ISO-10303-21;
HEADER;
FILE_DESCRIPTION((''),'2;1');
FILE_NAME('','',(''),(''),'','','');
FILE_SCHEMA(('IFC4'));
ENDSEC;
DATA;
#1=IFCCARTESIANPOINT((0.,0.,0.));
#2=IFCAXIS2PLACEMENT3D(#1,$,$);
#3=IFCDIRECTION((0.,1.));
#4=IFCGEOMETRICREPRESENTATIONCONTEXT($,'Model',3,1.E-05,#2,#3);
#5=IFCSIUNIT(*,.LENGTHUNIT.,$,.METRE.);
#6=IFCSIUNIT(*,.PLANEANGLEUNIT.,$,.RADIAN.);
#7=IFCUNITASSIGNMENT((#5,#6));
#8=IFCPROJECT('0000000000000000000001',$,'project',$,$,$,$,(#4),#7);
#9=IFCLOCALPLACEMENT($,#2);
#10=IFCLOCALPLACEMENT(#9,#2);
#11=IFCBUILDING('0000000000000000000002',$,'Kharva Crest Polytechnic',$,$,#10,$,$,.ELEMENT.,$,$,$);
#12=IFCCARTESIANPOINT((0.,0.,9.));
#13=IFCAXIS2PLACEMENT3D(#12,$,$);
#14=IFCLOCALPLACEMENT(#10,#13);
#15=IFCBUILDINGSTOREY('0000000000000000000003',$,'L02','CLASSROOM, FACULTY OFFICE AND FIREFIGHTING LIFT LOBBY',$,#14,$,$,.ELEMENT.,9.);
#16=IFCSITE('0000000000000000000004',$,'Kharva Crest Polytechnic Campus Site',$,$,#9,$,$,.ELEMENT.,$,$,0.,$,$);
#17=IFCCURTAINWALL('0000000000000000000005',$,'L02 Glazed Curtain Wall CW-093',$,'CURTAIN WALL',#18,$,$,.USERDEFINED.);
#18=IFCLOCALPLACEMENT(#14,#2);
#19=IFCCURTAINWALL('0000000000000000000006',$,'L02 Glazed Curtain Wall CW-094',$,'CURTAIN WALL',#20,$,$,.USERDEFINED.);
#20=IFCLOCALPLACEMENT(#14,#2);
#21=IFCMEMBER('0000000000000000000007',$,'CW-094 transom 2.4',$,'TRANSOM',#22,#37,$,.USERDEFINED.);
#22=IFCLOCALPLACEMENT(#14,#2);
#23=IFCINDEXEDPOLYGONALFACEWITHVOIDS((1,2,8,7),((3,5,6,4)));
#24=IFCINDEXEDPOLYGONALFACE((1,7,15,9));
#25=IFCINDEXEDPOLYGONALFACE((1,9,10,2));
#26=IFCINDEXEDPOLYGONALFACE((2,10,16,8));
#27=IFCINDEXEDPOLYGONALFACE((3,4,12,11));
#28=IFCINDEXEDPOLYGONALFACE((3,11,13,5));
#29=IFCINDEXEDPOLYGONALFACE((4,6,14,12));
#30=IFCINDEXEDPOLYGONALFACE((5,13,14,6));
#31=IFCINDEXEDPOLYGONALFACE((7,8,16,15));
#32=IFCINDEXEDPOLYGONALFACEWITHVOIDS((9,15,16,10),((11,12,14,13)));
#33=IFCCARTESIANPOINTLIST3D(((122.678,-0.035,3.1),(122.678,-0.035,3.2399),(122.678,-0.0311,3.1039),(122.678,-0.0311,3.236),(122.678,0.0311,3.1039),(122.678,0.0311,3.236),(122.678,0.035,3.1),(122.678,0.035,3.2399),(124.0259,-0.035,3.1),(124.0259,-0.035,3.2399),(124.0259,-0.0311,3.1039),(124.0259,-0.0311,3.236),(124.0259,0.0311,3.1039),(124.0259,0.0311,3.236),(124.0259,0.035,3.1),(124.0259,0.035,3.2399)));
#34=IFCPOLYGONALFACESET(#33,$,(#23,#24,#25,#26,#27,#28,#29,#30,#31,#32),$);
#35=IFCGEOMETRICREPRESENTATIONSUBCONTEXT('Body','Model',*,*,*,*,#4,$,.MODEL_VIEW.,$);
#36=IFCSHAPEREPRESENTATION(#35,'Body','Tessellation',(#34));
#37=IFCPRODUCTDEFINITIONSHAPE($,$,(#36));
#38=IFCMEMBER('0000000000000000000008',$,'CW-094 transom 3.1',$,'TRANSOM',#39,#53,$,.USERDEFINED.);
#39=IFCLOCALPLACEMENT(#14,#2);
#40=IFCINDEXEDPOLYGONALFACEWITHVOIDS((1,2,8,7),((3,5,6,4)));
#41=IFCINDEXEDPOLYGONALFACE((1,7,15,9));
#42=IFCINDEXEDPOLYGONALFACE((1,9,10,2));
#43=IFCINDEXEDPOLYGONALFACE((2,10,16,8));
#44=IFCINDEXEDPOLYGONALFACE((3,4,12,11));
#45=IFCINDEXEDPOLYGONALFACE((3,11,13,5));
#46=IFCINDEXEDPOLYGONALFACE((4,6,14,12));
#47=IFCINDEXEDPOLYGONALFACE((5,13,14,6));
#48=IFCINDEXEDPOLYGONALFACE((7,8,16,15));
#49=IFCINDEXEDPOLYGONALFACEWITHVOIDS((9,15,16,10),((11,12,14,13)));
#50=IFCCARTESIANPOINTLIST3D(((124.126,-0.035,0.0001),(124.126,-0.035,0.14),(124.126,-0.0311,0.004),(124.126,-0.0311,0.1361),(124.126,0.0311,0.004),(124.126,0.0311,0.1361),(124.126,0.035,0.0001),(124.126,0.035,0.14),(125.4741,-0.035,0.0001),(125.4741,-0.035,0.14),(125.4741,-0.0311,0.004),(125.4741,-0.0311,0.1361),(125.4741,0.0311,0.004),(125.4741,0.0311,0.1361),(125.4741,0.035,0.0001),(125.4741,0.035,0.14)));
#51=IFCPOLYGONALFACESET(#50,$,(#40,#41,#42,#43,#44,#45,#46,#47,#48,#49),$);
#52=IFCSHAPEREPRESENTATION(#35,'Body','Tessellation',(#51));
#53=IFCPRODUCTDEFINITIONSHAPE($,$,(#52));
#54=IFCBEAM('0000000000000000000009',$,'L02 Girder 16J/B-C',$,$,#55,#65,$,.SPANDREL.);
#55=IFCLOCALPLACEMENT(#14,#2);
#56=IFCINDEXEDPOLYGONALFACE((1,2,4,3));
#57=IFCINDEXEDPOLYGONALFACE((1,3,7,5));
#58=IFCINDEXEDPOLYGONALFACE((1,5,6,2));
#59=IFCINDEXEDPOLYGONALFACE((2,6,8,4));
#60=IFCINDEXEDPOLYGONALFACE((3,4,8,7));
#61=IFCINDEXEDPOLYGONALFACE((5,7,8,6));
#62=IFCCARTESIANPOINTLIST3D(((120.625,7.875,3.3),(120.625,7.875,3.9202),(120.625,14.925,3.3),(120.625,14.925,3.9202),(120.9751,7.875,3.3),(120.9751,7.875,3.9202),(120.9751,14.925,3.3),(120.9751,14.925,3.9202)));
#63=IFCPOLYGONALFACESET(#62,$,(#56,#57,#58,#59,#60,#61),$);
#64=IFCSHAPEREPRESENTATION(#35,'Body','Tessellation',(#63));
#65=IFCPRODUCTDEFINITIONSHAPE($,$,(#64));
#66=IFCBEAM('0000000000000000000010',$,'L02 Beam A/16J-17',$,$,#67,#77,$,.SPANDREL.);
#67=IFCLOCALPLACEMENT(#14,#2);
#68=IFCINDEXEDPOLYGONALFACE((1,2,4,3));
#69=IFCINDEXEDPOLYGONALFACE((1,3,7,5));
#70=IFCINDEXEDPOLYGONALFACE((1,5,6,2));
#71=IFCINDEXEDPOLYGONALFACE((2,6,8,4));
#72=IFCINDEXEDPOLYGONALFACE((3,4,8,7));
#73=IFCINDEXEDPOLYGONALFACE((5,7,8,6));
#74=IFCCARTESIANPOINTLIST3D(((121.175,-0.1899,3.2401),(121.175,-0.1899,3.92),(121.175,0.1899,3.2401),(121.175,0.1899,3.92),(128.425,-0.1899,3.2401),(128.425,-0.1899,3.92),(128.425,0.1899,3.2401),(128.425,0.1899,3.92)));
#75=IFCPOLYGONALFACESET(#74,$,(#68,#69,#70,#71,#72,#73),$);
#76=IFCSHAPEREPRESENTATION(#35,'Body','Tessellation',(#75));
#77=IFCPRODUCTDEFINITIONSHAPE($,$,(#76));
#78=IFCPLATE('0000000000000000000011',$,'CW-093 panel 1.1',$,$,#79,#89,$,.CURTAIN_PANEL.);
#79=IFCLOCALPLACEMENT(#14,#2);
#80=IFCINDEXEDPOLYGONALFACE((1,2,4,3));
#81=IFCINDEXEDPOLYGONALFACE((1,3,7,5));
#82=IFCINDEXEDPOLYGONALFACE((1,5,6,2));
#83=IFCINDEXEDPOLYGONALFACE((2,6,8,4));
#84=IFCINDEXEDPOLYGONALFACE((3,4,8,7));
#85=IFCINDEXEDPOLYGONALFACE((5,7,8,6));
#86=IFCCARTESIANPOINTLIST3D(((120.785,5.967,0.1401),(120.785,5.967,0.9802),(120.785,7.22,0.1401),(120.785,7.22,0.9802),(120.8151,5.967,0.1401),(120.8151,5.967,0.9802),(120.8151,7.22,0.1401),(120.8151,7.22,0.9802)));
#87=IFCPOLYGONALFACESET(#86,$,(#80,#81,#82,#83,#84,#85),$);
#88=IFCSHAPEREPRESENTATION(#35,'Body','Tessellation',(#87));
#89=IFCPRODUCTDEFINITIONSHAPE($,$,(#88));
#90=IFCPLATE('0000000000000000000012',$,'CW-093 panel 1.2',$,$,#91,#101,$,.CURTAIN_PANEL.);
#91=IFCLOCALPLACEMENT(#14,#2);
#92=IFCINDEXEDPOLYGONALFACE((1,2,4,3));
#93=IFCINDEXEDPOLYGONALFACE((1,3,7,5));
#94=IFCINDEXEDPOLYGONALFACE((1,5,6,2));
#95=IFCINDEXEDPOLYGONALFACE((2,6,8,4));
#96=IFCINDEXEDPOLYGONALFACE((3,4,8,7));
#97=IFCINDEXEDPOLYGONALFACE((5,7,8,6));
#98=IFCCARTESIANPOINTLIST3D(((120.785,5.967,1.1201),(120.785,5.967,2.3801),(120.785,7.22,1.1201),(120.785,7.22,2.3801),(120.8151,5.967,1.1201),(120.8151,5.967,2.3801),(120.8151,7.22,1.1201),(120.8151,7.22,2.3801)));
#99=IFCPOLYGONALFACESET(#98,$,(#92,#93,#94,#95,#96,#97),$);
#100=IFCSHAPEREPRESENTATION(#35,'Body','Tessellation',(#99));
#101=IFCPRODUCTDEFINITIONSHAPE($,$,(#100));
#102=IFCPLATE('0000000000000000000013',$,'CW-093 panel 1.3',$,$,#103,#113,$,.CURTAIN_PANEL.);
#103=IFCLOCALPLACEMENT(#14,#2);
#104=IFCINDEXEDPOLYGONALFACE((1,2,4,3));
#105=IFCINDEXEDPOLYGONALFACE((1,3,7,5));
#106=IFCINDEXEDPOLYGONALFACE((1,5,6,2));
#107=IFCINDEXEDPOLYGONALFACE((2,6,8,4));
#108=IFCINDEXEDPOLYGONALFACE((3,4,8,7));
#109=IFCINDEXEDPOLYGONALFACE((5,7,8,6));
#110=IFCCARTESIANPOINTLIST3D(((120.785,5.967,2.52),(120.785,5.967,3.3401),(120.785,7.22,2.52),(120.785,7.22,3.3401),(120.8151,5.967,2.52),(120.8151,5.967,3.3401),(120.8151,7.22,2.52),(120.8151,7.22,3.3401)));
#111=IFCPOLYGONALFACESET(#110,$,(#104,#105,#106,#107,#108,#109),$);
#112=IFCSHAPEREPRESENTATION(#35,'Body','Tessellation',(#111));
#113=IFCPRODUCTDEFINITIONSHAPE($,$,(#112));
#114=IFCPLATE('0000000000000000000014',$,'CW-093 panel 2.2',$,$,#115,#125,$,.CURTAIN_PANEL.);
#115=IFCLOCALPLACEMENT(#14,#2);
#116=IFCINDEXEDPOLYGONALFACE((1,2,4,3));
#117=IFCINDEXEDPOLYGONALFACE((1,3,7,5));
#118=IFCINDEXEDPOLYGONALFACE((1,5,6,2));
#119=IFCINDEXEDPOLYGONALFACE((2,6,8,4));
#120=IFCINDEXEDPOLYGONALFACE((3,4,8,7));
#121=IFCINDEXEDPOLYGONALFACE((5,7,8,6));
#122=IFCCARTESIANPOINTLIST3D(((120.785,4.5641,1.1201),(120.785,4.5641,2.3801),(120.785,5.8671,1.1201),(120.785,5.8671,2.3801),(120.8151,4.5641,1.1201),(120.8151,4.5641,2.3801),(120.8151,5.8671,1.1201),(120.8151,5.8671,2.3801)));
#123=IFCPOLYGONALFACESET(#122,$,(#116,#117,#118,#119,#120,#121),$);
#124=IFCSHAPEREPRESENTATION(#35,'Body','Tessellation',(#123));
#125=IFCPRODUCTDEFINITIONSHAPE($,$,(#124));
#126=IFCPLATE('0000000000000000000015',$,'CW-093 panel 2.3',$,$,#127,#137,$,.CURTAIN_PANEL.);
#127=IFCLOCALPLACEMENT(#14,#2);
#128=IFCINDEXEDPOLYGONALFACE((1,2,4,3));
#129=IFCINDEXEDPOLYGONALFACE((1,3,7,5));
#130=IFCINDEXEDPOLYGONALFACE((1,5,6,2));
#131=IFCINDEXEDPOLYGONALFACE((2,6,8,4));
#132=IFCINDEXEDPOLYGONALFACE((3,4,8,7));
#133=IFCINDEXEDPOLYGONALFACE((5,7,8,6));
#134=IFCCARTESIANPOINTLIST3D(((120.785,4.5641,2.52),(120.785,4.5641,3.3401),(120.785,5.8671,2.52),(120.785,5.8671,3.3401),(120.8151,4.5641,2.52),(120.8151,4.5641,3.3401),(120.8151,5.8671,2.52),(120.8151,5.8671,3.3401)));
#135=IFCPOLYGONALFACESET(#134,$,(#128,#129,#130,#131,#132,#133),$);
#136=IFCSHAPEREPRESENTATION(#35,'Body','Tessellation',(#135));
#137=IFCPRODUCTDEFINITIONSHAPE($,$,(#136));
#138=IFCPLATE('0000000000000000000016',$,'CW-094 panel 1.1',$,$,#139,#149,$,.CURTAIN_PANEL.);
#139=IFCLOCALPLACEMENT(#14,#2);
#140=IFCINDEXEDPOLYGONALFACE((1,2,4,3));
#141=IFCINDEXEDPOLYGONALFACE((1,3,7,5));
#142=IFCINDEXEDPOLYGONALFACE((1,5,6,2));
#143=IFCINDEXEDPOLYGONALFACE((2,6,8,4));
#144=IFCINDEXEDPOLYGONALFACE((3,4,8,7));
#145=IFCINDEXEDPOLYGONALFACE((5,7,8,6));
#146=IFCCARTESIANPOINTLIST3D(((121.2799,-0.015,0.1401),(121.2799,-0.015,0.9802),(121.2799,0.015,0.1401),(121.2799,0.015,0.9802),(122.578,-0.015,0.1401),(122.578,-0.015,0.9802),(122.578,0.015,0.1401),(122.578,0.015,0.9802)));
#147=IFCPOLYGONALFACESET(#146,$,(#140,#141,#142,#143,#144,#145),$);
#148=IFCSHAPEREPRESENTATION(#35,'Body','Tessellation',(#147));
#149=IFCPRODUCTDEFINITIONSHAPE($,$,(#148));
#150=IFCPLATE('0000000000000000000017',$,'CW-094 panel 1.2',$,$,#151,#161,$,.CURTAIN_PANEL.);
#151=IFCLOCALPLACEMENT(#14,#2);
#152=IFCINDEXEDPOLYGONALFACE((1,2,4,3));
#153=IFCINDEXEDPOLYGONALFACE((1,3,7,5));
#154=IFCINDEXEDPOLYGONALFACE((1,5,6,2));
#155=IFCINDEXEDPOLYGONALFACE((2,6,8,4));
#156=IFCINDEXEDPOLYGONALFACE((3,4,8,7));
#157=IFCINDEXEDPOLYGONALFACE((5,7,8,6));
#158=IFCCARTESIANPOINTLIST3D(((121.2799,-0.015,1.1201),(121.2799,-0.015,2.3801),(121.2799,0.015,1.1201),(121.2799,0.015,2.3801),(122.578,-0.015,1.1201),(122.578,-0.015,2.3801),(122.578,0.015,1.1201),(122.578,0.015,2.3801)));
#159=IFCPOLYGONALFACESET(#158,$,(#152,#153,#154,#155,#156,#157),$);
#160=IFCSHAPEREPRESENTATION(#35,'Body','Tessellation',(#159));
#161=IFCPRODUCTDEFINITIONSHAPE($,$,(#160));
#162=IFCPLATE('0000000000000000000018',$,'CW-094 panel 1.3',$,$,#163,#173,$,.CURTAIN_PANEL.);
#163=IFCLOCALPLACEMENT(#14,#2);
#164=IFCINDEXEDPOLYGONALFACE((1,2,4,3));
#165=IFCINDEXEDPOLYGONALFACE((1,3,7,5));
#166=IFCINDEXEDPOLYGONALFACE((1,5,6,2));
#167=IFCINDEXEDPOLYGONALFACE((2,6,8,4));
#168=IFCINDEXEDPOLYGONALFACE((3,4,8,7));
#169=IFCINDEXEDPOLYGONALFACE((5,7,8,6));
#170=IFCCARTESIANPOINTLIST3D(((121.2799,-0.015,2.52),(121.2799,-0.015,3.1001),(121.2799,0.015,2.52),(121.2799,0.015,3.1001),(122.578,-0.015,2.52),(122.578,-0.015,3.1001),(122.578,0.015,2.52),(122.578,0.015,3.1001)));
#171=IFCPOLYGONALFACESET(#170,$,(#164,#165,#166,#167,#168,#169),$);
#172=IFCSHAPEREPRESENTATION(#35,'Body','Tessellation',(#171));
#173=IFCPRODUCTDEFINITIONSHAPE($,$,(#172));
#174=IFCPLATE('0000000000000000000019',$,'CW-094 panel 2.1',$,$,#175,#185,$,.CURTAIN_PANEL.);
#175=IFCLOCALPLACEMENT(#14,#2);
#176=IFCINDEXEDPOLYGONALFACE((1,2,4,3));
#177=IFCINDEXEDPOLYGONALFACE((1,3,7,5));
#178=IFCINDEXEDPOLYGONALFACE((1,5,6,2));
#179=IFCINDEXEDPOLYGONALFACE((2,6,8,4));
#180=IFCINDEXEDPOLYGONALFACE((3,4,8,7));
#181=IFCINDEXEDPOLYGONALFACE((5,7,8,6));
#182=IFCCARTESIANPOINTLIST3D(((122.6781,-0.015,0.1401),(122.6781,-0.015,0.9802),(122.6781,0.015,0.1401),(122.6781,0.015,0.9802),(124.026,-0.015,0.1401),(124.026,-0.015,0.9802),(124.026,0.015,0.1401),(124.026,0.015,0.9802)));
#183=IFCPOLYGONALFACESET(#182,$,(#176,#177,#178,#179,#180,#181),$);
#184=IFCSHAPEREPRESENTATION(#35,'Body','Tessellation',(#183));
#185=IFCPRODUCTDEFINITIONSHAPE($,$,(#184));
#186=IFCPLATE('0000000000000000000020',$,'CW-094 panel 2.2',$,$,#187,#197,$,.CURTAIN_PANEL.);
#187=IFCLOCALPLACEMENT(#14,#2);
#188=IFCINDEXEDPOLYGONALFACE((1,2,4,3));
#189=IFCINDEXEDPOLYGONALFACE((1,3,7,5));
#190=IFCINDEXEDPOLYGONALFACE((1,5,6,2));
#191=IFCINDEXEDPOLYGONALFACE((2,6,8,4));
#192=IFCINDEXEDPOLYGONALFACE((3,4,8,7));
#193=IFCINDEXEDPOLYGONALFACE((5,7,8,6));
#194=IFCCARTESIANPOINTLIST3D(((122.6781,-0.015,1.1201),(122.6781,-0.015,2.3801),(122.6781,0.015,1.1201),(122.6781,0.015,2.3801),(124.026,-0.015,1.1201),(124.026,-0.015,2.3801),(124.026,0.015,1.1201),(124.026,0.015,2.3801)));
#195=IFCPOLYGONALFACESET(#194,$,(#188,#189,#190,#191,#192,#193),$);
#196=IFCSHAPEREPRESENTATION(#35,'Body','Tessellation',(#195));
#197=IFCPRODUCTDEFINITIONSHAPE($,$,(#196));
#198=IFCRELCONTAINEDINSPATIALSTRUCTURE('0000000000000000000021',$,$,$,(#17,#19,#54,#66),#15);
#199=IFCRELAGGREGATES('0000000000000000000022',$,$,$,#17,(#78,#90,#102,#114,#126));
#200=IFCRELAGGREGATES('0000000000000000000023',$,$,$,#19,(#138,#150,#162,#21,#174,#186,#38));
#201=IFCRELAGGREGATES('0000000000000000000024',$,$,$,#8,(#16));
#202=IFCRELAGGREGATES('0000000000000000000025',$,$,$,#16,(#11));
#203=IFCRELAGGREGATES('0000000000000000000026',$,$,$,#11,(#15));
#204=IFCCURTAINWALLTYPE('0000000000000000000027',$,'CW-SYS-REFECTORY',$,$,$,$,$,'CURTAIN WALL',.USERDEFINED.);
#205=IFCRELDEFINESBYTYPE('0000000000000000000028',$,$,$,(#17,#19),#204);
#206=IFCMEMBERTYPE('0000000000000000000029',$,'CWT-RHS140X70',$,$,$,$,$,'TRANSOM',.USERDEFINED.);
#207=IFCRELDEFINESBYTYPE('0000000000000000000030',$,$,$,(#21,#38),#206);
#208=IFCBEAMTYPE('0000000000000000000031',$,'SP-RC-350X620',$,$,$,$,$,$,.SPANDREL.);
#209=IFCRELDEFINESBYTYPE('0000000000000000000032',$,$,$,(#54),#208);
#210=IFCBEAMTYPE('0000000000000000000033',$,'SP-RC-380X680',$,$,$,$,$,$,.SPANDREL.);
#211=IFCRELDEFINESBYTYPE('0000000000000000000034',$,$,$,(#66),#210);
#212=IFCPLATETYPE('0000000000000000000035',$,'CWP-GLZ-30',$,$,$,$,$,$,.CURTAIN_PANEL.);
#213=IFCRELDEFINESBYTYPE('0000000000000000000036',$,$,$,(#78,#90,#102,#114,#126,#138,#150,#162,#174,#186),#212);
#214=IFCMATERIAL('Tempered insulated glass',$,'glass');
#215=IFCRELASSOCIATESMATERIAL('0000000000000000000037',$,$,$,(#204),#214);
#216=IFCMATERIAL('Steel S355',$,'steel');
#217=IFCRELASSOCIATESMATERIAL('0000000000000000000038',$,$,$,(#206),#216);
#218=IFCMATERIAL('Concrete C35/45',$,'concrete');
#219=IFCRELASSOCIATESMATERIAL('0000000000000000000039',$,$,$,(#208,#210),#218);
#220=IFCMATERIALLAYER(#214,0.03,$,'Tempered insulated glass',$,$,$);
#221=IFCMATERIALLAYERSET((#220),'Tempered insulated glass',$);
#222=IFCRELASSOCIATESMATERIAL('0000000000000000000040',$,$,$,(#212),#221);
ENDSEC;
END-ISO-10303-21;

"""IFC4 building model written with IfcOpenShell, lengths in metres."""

from ifc_helpers import new_model, si_unit, direction, frame, origin, origin_2d, place, context, subcontext, project, spatial, rectangle, hollow_rectangle, extrude, material, layer, layer_set, material_profile, profile_set, type_object, element, aggregate, save


model = new_model("IFC4")

# Units and contexts
model_context = context("Model", 3, precision=1e-05, world=origin(), true_north=direction((0.0, 1.0)))
body_context = subcontext(model_context, "Body", "Model", "MODEL_VIEW")
ifc_project = project(units=[si_unit("LENGTHUNIT", "METRE"), si_unit("PLANEANGLEUNIT", "RADIAN")], contexts=[model_context])

# Site, building, storey
site_placement = place(None, origin())
site = spatial("IfcSite", under=ifc_project, at=site_placement, Name="Kharva Crest Polytechnic Campus Site", CompositionType="ELEMENT", RefElevation=0.0)
building_placement = place(site_placement, origin())
building = spatial("IfcBuilding", under=site, at=building_placement, Name="Kharva Crest Polytechnic", CompositionType="ELEMENT")
storey_placement = place(building_placement, frame((0.0, 0.0, 9.0)))
storey = spatial("IfcBuildingStorey", under=building, at=storey_placement, Name="L02", Description="CLASSROOM, FACULTY OFFICE AND FIREFIGHTING LIFT LOBBY", CompositionType="ELEMENT", Elevation=9.0)

# Shared definitions
ifc_material_1 = material(Name="Concrete C35/45", Category="concrete")

# Curtain walls
ifc_material_2 = material(Name="Tempered insulated glass", Category="glass")
curtain_wall_type = type_object("IfcCurtainWallType", Name="CW-SYS-REFECTORY", ElementType="CURTAIN WALL", PredefinedType="USERDEFINED", material=ifc_material_2)
curtain_wall_1_placement = place(storey_placement, origin())
curtain_wall_1 = element("IfcCurtainWall", 1, at=curtain_wall_1_placement, inside=storey, type_object=curtain_wall_type, Name="L02 Glazed Curtain Wall CW-093", ObjectType="CURTAIN WALL", PredefinedType="USERDEFINED")
ifc_material_3 = material(Name="Steel S355", Category="steel")
curtain_wall_2_placement = place(storey_placement, origin())
curtain_wall_2 = element("IfcCurtainWall", 2, at=curtain_wall_2_placement, inside=storey, type_object=curtain_wall_type, Name="L02 Glazed Curtain Wall CW-094", ObjectType="CURTAIN WALL", PredefinedType="USERDEFINED")

# Members
ifc_material_profile_1 = material_profile(ifc_material_3, hollow_rectangle(XDim=0.0701, YDim=0.1399, WallThickness=0.0039, at=origin_2d()), Name="RHS 140X70X4.0")
ifc_profile_set_1 = profile_set([ifc_material_profile_1], Name="Steel S355")
member_type_1 = type_object("IfcMemberType", Name="CWT-RHS140X70", ElementType="TRANSOM", PredefinedType="USERDEFINED", material=ifc_profile_set_1)
member_1_placement = place(storey_placement, frame((122.678, 0.0, 3.1699), z_axis=(1.0, 0.0, 0.0), x_axis=(0.0, 1.0, 0.0)))
member_1 = element("IfcMember", 3, at=member_1_placement, type_object=member_type_1, Name="CW-094 transom 2.4", ObjectType="TRANSOM", PredefinedType="USERDEFINED", context=body_context, shape_type="SweptSolid", body=[
    extrude(hollow_rectangle(XDim=0.0701, YDim=0.1399, WallThickness=0.0039, at=origin_2d()), origin(), (0.0, 0.0, 1.0), 1.3479),
])
member_2_placement = place(storey_placement, frame((124.126, 0.0, 0.0701), z_axis=(1.0, 0.0, 0.0), x_axis=(0.0, 1.0, 0.0)))
member_2 = element("IfcMember", 4, at=member_2_placement, type_object=member_type_1, Name="CW-094 transom 3.1", ObjectType="TRANSOM", PredefinedType="USERDEFINED", context=body_context, shape_type="SweptSolid", body=[
    extrude(hollow_rectangle(XDim=0.0701, YDim=0.1399, WallThickness=0.0039, at=origin_2d()), origin(), (0.0, 0.0, 1.0), 1.3481),
])

# Beams
ifc_material_profile_2 = material_profile(ifc_material_1, rectangle(XDim=0.3501, YDim=0.6201, at=origin_2d()), Name="RECT 350 X 620")
ifc_profile_set_2 = profile_set([ifc_material_profile_2], Name="Concrete C35/45")
beam_type_1 = type_object("IfcBeamType", Name="SP-RC-350X620", PredefinedType="SPANDREL", material=ifc_profile_set_2)
beam_1_placement = place(storey_placement, frame((120.8, 7.875, 3.6101), z_axis=(0.0, 1.0, 0.0), x_axis=(-1.0, 0.0, 0.0)))
element("IfcBeam", 5, at=beam_1_placement, inside=storey, type_object=beam_type_1, Name="L02 Girder 16J/B-C", PredefinedType="SPANDREL", context=body_context, shape_type="SweptSolid", body=[
    extrude(rectangle(XDim=0.3501, YDim=0.6201, at=origin_2d()), origin(), (0.0, 0.0, 1.0), 7.05),
])
ifc_material_profile_3 = material_profile(ifc_material_1, rectangle(XDim=0.3799, YDim=0.6799, at=origin_2d()), Name="RECT 380 X 680")
ifc_profile_set_3 = profile_set([ifc_material_profile_3], Name="Concrete C35/45")
beam_type_2 = type_object("IfcBeamType", Name="SP-RC-380X680", PredefinedType="SPANDREL", material=ifc_profile_set_3)
beam_2_placement = place(storey_placement, frame((121.175, 0.0, 3.5801), z_axis=(1.0, 0.0, 0.0), x_axis=(0.0, 1.0, 0.0)))
element("IfcBeam", 6, at=beam_2_placement, inside=storey, type_object=beam_type_2, Name="L02 Beam A/16J-17", PredefinedType="SPANDREL", context=body_context, shape_type="SweptSolid", body=[
    extrude(rectangle(XDim=0.3799, YDim=0.6799, at=origin_2d()), origin(), (0.0, 0.0, 1.0), 7.25),
])

# Plates
ifc_layer_1 = layer(ifc_material_2, 0.03, Name="Tempered insulated glass")
ifc_layer_set_1 = layer_set([ifc_layer_1], Name="Tempered insulated glass")
plate_type = type_object("IfcPlateType", Name="CWP-GLZ-30", PredefinedType="CURTAIN_PANEL", material=ifc_layer_set_1)
plate_1_placement = place(storey_placement, frame((120.8, 6.5935, 0.1401), z_axis=(0.0, 0.0, 1.0), x_axis=(0.0, -1.0, 0.0)))
plate_1 = element("IfcPlate", 7, at=plate_1_placement, type_object=plate_type, Name="CW-093 panel 1.1", PredefinedType="CURTAIN_PANEL", context=body_context, shape_type="SweptSolid", body=[
    extrude(rectangle(XDim=1.2529, YDim=0.03, at=origin_2d()), origin(), (0.0, 0.0, 1.0), 0.8401),
])
plate_2_placement = place(storey_placement, frame((120.8, 6.5935, 1.1201), z_axis=(0.0, 0.0, 1.0), x_axis=(0.0, -1.0, 0.0)))
plate_2 = element("IfcPlate", 8, at=plate_2_placement, type_object=plate_type, Name="CW-093 panel 1.2", PredefinedType="CURTAIN_PANEL", context=body_context, shape_type="SweptSolid", body=[
    extrude(rectangle(XDim=1.2529, YDim=0.03, at=origin_2d()), origin(), (0.0, 0.0, 1.0), 1.26),
])
plate_3_placement = place(storey_placement, frame((120.8, 6.5935, 2.52), z_axis=(0.0, 0.0, 1.0), x_axis=(0.0, -1.0, 0.0)))
plate_3 = element("IfcPlate", 9, at=plate_3_placement, type_object=plate_type, Name="CW-093 panel 1.3", PredefinedType="CURTAIN_PANEL", context=body_context, shape_type="SweptSolid", body=[
    extrude(rectangle(XDim=1.2529, YDim=0.03, at=origin_2d()), origin(), (0.0, 0.0, 1.0), 0.8201),
])
plate_4_placement = place(storey_placement, frame((120.8, 5.2156, 1.1201), z_axis=(0.0, 0.0, 1.0), x_axis=(0.0, -1.0, 0.0)))
plate_4 = element("IfcPlate", 10, at=plate_4_placement, type_object=plate_type, Name="CW-093 panel 2.2", PredefinedType="CURTAIN_PANEL", context=body_context, shape_type="SweptSolid", body=[
    extrude(rectangle(XDim=1.303, YDim=0.03, at=origin_2d()), origin(), (0.0, 0.0, 1.0), 1.26),
])
plate_5_placement = place(storey_placement, frame((120.8, 5.2156, 2.52), z_axis=(0.0, 0.0, 1.0), x_axis=(0.0, -1.0, 0.0)))
plate_5 = element("IfcPlate", 11, at=plate_5_placement, type_object=plate_type, Name="CW-093 panel 2.3", PredefinedType="CURTAIN_PANEL", context=body_context, shape_type="SweptSolid", body=[
    extrude(rectangle(XDim=1.303, YDim=0.03, at=origin_2d()), origin(), (0.0, 0.0, 1.0), 0.8201),
])
aggregate(curtain_wall_1, [plate_1, plate_2, plate_3, plate_4, plate_5])
plate_6_placement = place(storey_placement, frame((121.929, 0.0, 0.1401), z_axis=(0.0, 0.0, 1.0), x_axis=(1.0, 0.0, 0.0)))
plate_6 = element("IfcPlate", 12, at=plate_6_placement, type_object=plate_type, Name="CW-094 panel 1.1", PredefinedType="CURTAIN_PANEL", context=body_context, shape_type="SweptSolid", body=[
    extrude(rectangle(XDim=1.2981, YDim=0.03, at=origin_2d()), origin(), (0.0, 0.0, 1.0), 0.8401),
])
plate_7_placement = place(storey_placement, frame((121.929, 0.0, 1.1201), z_axis=(0.0, 0.0, 1.0), x_axis=(1.0, 0.0, 0.0)))
plate_7 = element("IfcPlate", 13, at=plate_7_placement, type_object=plate_type, Name="CW-094 panel 1.2", PredefinedType="CURTAIN_PANEL", context=body_context, shape_type="SweptSolid", body=[
    extrude(rectangle(XDim=1.2981, YDim=0.03, at=origin_2d()), origin(), (0.0, 0.0, 1.0), 1.26),
])
plate_8_placement = place(storey_placement, frame((121.929, 0.0, 2.52), z_axis=(0.0, 0.0, 1.0), x_axis=(1.0, 0.0, 0.0)))
plate_8 = element("IfcPlate", 14, at=plate_8_placement, type_object=plate_type, Name="CW-094 panel 1.3", PredefinedType="CURTAIN_PANEL", context=body_context, shape_type="SweptSolid", body=[
    extrude(rectangle(XDim=1.2981, YDim=0.03, at=origin_2d()), origin(), (0.0, 0.0, 1.0), 0.5801),
])
plate_9_placement = place(storey_placement, frame((123.3521, 0.0, 0.1401), z_axis=(0.0, 0.0, 1.0), x_axis=(1.0, 0.0, 0.0)))
plate_9 = element("IfcPlate", 15, at=plate_9_placement, type_object=plate_type, Name="CW-094 panel 2.1", PredefinedType="CURTAIN_PANEL", context=body_context, shape_type="SweptSolid", body=[
    extrude(rectangle(XDim=1.3479, YDim=0.03, at=origin_2d()), origin(), (0.0, 0.0, 1.0), 0.8401),
])
plate_10_placement = place(storey_placement, frame((123.3521, 0.0, 1.1201), z_axis=(0.0, 0.0, 1.0), x_axis=(1.0, 0.0, 0.0)))
plate_10 = element("IfcPlate", 16, at=plate_10_placement, type_object=plate_type, Name="CW-094 panel 2.2", PredefinedType="CURTAIN_PANEL", context=body_context, shape_type="SweptSolid", body=[
    extrude(rectangle(XDim=1.3479, YDim=0.03, at=origin_2d()), origin(), (0.0, 0.0, 1.0), 1.26),
])
aggregate(curtain_wall_2, [plate_6, plate_7, plate_8, member_1, plate_9, plate_10, member_2])

save(model, "model.ifc")
